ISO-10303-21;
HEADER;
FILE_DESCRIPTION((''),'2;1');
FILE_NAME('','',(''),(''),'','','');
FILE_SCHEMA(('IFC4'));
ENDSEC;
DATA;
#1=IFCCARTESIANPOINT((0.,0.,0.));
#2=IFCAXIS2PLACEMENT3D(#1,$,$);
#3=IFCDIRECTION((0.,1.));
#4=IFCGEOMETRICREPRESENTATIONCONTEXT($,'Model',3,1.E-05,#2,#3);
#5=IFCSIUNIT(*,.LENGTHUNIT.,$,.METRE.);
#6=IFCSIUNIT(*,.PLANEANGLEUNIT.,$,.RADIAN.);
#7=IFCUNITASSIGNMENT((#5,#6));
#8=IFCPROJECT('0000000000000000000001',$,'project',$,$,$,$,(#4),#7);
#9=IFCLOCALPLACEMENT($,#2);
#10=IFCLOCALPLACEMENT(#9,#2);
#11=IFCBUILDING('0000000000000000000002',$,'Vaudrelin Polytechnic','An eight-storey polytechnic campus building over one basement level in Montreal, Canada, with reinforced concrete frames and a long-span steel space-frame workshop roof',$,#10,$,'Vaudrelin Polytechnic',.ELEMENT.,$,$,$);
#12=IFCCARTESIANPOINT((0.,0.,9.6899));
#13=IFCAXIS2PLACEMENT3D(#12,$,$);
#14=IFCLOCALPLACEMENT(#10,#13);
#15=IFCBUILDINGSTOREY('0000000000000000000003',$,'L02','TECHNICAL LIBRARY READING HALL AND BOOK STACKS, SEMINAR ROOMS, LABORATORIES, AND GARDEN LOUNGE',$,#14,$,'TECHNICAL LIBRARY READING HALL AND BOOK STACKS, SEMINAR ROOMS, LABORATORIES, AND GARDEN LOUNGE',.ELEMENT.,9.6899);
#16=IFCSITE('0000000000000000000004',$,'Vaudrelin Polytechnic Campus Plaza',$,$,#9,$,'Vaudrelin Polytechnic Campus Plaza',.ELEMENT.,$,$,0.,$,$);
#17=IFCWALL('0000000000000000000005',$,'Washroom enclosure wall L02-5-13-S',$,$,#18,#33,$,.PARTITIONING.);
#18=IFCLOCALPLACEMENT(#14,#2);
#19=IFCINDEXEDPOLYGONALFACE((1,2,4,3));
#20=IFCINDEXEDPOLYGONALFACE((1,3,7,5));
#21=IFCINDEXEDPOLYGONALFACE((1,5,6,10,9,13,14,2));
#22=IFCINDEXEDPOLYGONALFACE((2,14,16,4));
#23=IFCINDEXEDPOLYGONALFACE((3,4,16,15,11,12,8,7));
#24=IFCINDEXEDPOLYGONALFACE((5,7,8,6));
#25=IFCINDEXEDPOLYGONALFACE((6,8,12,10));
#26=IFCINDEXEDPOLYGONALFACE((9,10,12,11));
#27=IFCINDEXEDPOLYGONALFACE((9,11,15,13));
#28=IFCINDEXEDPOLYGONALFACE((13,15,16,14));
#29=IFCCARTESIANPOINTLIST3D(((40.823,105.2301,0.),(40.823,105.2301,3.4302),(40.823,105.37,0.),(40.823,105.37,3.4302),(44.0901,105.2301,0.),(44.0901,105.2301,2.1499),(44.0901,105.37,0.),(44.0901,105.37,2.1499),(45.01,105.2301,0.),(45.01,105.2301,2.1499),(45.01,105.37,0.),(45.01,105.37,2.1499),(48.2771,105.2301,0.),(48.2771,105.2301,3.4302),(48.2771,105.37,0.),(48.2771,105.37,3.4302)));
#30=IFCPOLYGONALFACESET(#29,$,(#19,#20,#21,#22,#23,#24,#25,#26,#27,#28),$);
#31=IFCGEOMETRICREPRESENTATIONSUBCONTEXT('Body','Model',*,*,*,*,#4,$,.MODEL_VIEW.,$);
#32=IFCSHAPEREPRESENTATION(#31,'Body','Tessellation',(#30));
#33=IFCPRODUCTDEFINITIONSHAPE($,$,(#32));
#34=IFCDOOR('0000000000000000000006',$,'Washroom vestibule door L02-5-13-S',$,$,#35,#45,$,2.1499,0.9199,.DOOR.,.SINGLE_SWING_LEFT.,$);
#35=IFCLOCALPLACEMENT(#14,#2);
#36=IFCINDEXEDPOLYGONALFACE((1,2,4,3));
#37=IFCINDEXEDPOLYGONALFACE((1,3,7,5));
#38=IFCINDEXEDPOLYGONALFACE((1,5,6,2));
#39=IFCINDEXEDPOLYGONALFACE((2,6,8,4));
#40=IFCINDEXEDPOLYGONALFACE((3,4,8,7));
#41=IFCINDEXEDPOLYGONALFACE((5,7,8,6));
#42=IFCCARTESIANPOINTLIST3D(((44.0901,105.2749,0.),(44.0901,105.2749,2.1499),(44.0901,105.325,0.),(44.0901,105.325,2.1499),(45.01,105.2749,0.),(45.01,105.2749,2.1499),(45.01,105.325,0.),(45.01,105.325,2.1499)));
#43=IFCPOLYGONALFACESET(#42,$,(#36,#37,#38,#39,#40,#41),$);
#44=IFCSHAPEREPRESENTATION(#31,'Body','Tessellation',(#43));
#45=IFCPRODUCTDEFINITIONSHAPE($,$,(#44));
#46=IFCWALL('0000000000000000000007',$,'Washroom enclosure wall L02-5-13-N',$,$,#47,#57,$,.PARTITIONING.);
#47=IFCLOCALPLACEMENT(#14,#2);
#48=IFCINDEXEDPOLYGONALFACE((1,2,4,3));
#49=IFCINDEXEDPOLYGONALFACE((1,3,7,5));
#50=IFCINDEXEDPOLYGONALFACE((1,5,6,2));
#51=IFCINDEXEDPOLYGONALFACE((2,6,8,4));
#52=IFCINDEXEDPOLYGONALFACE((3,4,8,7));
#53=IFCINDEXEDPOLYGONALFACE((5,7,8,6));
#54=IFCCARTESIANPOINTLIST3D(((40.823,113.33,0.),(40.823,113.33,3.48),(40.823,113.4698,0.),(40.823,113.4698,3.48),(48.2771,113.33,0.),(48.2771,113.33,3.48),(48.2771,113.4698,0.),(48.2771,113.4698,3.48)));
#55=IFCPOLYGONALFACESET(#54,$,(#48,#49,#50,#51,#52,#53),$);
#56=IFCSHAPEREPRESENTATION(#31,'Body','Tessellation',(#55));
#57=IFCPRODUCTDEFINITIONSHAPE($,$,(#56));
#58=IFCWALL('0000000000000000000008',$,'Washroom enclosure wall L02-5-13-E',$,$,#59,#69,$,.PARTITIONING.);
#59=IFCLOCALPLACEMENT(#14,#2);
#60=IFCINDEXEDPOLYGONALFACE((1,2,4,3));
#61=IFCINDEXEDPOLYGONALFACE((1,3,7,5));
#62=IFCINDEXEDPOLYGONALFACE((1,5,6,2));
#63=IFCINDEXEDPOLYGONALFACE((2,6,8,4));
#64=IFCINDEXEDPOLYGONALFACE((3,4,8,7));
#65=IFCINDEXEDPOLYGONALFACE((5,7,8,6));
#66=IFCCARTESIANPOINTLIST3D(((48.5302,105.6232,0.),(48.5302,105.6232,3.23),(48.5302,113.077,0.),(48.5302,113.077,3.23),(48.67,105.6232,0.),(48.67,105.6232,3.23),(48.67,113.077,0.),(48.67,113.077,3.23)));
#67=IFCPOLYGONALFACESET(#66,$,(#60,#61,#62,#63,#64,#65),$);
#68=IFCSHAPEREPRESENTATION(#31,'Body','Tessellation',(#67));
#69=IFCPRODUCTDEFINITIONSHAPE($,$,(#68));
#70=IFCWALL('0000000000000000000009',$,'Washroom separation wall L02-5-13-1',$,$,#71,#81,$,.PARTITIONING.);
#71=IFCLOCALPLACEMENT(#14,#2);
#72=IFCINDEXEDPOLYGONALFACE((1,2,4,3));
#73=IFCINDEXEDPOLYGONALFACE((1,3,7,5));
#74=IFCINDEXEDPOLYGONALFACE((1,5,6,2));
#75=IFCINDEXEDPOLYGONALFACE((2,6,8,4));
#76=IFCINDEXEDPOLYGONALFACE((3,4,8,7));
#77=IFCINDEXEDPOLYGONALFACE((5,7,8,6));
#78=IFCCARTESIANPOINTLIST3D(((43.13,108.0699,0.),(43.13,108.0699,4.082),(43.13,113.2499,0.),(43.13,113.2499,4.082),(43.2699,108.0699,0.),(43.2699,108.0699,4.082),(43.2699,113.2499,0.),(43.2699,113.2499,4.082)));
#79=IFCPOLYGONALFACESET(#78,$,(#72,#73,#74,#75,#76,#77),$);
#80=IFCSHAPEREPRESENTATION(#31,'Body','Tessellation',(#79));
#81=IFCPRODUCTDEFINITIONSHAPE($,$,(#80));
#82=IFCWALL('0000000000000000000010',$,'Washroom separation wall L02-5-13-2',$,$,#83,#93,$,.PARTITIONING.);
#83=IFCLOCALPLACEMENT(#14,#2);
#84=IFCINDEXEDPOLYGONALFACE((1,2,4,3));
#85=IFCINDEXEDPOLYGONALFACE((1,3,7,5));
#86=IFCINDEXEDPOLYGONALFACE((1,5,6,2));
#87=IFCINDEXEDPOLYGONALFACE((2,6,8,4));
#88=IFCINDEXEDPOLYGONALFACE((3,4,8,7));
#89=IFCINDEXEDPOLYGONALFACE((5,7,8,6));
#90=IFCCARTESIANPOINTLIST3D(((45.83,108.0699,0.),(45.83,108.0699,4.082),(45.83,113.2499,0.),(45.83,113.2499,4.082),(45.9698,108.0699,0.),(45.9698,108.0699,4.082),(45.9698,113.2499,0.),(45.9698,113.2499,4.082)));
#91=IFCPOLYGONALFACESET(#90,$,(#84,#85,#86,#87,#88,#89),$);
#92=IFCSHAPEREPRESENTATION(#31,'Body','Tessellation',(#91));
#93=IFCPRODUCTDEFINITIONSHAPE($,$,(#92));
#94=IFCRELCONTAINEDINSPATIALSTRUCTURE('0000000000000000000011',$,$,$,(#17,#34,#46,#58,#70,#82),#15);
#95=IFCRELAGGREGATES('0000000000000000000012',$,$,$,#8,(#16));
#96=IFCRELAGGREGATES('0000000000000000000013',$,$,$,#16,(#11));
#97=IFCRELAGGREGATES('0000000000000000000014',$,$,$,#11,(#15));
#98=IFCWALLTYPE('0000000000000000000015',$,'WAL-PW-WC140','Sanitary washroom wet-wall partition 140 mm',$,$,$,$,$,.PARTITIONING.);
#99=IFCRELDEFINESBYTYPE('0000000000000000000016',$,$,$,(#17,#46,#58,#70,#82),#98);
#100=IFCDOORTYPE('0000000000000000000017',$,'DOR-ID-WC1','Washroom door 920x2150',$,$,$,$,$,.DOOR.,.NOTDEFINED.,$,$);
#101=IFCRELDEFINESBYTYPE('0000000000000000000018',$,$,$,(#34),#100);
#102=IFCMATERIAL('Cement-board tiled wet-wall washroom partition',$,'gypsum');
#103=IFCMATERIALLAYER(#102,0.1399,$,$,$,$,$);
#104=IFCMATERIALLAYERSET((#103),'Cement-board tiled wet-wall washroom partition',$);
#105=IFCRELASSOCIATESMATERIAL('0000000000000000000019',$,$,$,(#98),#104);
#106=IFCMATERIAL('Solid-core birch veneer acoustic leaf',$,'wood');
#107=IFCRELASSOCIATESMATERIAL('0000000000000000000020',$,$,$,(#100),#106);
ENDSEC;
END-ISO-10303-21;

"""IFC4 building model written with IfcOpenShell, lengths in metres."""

from ifc_helpers import new_model, si_unit, direction, frame, frame_2d, origin, place, context, subcontext, project, spatial, rectangle, extrude, material, layer, layer_set, type_object, element, fill, save


model = new_model("IFC4")

# Units and contexts
model_context = context("Model", 3, precision=1e-05, world=origin(), true_north=direction((0.0, 1.0)))
body_context = subcontext(model_context, "Body", "Model", "MODEL_VIEW")
ifc_project = project(units=[si_unit("LENGTHUNIT", "METRE"), si_unit("PLANEANGLEUNIT", "RADIAN")], contexts=[model_context])

# Site, building, storey
site_placement = place(None, origin())
site = spatial("IfcSite", under=ifc_project, at=site_placement, Name="Vaudrelin Polytechnic Campus Plaza", LongName="Vaudrelin Polytechnic Campus Plaza", CompositionType="ELEMENT", RefElevation=0.0)
building_placement = place(site_placement, origin())
building = spatial("IfcBuilding", under=site, at=building_placement, Name="Vaudrelin Polytechnic", Description="An eight-storey polytechnic campus building over one basement level in Montreal, Canada, with reinforced concrete frames and a long-span steel space-frame workshop roof", LongName="Vaudrelin Polytechnic", CompositionType="ELEMENT")
storey_placement = place(building_placement, frame((0.0, 0.0, 9.6899)))
storey = spatial("IfcBuildingStorey", under=building, at=storey_placement, Name="L02", Description="TECHNICAL LIBRARY READING HALL AND BOOK STACKS, SEMINAR ROOMS, LABORATORIES, AND GARDEN LOUNGE", LongName="TECHNICAL LIBRARY READING HALL AND BOOK STACKS, SEMINAR ROOMS, LABORATORIES, AND GARDEN LOUNGE", CompositionType="ELEMENT", Elevation=9.6899)

# Wall, opening, door
ifc_material_1 = material(Name="Cement-board tiled wet-wall washroom partition", Category="gypsum")
ifc_layer_1 = layer(ifc_material_1, 0.1399)
ifc_layer_set_1 = layer_set([ifc_layer_1], Name="Cement-board tiled wet-wall washroom partition")
wall_type = type_object("IfcWallType", Name="WAL-PW-WC140", Description="Sanitary washroom wet-wall partition 140 mm", PredefinedType="PARTITIONING", material=ifc_layer_set_1)
wall_1_placement = place(storey_placement, frame((40.823, 105.3, 0.0), z_axis=(0.0, 0.0, 1.0), x_axis=(1.0, 0.0, 0.0)))
wall_1 = element("IfcWall", 1, at=wall_1_placement, inside=storey, type_object=wall_type, Name="Washroom enclosure wall L02-5-13-S", PredefinedType="PARTITIONING", context=body_context, shape_type="SweptSolid", body=[
    extrude(rectangle(XDim=7.4541, YDim=0.1399, at=frame_2d((3.7271, 0.0))), origin(), (0.0, 0.0, 1.0), 3.4302),
])
opening_1_placement = place(wall_1_placement, frame((3.2671, 0.0, 0.0)))
opening_1 = element("IfcOpeningElement", 2, at=opening_1_placement, cuts=wall_1, PredefinedType="OPENING", context=body_context, shape_type="SweptSolid", body=[
    extrude(rectangle(XDim=0.9199, YDim=2.1499, at=frame_2d((0.46, 1.075))), frame((0.0, 0.0801, 0.0), z_axis=(0.0, -1.0, 0.0), x_axis=(1.0, 0.0, 0.0)), (0.0, 0.0, 1.0), 0.1599),
])
ifc_material_2 = material(Name="Solid-core birch veneer acoustic leaf", Category="wood")
door_type_1 = type_object("IfcDoorType", Name="DOR-ID-WC1", Description="Washroom door 920x2150", OperationType="NOTDEFINED", PredefinedType="DOOR", material=ifc_material_2)
door_1_placement = place(opening_1_placement, origin())
door_1 = element("IfcDoor", 3, at=door_1_placement, inside=storey, type_object=door_type_1, Name="Washroom vestibule door L02-5-13-S", OperationType="SINGLE_SWING_LEFT", OverallHeight=2.1499, OverallWidth=0.9199, PredefinedType="DOOR", context=body_context, shape_type="SweptSolid", body=[
    extrude(rectangle(XDim=0.9199, YDim=2.1499, at=frame_2d((0.46, 1.075))), frame((0.0, 0.0249, 0.0), z_axis=(0.0, -1.0, 0.0), x_axis=(1.0, 0.0, 0.0)), (0.0, 0.0, 1.0), 0.05),
])
fill(opening_1, door_1)

# Walls
wall_2_placement = place(storey_placement, frame((40.823, 113.3999, 0.0), z_axis=(0.0, 0.0, 1.0), x_axis=(1.0, 0.0, 0.0)))
element("IfcWall", 4, at=wall_2_placement, inside=storey, type_object=wall_type, Name="Washroom enclosure wall L02-5-13-N", PredefinedType="PARTITIONING", context=body_context, shape_type="SweptSolid", body=[
    extrude(rectangle(XDim=7.4541, YDim=0.1399, at=frame_2d((3.7271, 0.0))), origin(), (0.0, 0.0, 1.0), 3.48),
])
wall_3_placement = place(storey_placement, frame((48.6001, 105.623, 0.0), z_axis=(0.0, 0.0, 1.0), x_axis=(0.0, 1.0, 0.0)))
element("IfcWall", 5, at=wall_3_placement, inside=storey, type_object=wall_type, Name="Washroom enclosure wall L02-5-13-E", PredefinedType="PARTITIONING", context=body_context, shape_type="SweptSolid", body=[
    extrude(rectangle(XDim=7.4539, YDim=0.1399, at=frame_2d((3.7271, 0.0))), origin(), (0.0, 0.0, 1.0), 3.23),
])

# Walls
for number, where, z_axis, x_axis, name in (
    (6, (43.2, 108.0701, 0.0), (0.0, 0.0, 1.0), (0.0, 1.0, 0.0), "Washroom separation wall L02-5-13-1"),
    (7, (45.8999, 108.0701, 0.0), (0.0, 0.0, 1.0), (0.0, 1.0, 0.0), "Washroom separation wall L02-5-13-2"),
):
    element("IfcWall", number, at=place(storey_placement, frame(where, z_axis=z_axis, x_axis=x_axis)), inside=storey, type_object=wall_type, Name=name, PredefinedType="PARTITIONING", context=body_context, shape_type="SweptSolid", body=[
        extrude(rectangle(XDim=5.1799, YDim=0.1399, at=frame_2d((2.5898, 0.0))), origin(), (0.0, 0.0, 1.0), 4.082),
    ])

save(model, "model.ifc")
